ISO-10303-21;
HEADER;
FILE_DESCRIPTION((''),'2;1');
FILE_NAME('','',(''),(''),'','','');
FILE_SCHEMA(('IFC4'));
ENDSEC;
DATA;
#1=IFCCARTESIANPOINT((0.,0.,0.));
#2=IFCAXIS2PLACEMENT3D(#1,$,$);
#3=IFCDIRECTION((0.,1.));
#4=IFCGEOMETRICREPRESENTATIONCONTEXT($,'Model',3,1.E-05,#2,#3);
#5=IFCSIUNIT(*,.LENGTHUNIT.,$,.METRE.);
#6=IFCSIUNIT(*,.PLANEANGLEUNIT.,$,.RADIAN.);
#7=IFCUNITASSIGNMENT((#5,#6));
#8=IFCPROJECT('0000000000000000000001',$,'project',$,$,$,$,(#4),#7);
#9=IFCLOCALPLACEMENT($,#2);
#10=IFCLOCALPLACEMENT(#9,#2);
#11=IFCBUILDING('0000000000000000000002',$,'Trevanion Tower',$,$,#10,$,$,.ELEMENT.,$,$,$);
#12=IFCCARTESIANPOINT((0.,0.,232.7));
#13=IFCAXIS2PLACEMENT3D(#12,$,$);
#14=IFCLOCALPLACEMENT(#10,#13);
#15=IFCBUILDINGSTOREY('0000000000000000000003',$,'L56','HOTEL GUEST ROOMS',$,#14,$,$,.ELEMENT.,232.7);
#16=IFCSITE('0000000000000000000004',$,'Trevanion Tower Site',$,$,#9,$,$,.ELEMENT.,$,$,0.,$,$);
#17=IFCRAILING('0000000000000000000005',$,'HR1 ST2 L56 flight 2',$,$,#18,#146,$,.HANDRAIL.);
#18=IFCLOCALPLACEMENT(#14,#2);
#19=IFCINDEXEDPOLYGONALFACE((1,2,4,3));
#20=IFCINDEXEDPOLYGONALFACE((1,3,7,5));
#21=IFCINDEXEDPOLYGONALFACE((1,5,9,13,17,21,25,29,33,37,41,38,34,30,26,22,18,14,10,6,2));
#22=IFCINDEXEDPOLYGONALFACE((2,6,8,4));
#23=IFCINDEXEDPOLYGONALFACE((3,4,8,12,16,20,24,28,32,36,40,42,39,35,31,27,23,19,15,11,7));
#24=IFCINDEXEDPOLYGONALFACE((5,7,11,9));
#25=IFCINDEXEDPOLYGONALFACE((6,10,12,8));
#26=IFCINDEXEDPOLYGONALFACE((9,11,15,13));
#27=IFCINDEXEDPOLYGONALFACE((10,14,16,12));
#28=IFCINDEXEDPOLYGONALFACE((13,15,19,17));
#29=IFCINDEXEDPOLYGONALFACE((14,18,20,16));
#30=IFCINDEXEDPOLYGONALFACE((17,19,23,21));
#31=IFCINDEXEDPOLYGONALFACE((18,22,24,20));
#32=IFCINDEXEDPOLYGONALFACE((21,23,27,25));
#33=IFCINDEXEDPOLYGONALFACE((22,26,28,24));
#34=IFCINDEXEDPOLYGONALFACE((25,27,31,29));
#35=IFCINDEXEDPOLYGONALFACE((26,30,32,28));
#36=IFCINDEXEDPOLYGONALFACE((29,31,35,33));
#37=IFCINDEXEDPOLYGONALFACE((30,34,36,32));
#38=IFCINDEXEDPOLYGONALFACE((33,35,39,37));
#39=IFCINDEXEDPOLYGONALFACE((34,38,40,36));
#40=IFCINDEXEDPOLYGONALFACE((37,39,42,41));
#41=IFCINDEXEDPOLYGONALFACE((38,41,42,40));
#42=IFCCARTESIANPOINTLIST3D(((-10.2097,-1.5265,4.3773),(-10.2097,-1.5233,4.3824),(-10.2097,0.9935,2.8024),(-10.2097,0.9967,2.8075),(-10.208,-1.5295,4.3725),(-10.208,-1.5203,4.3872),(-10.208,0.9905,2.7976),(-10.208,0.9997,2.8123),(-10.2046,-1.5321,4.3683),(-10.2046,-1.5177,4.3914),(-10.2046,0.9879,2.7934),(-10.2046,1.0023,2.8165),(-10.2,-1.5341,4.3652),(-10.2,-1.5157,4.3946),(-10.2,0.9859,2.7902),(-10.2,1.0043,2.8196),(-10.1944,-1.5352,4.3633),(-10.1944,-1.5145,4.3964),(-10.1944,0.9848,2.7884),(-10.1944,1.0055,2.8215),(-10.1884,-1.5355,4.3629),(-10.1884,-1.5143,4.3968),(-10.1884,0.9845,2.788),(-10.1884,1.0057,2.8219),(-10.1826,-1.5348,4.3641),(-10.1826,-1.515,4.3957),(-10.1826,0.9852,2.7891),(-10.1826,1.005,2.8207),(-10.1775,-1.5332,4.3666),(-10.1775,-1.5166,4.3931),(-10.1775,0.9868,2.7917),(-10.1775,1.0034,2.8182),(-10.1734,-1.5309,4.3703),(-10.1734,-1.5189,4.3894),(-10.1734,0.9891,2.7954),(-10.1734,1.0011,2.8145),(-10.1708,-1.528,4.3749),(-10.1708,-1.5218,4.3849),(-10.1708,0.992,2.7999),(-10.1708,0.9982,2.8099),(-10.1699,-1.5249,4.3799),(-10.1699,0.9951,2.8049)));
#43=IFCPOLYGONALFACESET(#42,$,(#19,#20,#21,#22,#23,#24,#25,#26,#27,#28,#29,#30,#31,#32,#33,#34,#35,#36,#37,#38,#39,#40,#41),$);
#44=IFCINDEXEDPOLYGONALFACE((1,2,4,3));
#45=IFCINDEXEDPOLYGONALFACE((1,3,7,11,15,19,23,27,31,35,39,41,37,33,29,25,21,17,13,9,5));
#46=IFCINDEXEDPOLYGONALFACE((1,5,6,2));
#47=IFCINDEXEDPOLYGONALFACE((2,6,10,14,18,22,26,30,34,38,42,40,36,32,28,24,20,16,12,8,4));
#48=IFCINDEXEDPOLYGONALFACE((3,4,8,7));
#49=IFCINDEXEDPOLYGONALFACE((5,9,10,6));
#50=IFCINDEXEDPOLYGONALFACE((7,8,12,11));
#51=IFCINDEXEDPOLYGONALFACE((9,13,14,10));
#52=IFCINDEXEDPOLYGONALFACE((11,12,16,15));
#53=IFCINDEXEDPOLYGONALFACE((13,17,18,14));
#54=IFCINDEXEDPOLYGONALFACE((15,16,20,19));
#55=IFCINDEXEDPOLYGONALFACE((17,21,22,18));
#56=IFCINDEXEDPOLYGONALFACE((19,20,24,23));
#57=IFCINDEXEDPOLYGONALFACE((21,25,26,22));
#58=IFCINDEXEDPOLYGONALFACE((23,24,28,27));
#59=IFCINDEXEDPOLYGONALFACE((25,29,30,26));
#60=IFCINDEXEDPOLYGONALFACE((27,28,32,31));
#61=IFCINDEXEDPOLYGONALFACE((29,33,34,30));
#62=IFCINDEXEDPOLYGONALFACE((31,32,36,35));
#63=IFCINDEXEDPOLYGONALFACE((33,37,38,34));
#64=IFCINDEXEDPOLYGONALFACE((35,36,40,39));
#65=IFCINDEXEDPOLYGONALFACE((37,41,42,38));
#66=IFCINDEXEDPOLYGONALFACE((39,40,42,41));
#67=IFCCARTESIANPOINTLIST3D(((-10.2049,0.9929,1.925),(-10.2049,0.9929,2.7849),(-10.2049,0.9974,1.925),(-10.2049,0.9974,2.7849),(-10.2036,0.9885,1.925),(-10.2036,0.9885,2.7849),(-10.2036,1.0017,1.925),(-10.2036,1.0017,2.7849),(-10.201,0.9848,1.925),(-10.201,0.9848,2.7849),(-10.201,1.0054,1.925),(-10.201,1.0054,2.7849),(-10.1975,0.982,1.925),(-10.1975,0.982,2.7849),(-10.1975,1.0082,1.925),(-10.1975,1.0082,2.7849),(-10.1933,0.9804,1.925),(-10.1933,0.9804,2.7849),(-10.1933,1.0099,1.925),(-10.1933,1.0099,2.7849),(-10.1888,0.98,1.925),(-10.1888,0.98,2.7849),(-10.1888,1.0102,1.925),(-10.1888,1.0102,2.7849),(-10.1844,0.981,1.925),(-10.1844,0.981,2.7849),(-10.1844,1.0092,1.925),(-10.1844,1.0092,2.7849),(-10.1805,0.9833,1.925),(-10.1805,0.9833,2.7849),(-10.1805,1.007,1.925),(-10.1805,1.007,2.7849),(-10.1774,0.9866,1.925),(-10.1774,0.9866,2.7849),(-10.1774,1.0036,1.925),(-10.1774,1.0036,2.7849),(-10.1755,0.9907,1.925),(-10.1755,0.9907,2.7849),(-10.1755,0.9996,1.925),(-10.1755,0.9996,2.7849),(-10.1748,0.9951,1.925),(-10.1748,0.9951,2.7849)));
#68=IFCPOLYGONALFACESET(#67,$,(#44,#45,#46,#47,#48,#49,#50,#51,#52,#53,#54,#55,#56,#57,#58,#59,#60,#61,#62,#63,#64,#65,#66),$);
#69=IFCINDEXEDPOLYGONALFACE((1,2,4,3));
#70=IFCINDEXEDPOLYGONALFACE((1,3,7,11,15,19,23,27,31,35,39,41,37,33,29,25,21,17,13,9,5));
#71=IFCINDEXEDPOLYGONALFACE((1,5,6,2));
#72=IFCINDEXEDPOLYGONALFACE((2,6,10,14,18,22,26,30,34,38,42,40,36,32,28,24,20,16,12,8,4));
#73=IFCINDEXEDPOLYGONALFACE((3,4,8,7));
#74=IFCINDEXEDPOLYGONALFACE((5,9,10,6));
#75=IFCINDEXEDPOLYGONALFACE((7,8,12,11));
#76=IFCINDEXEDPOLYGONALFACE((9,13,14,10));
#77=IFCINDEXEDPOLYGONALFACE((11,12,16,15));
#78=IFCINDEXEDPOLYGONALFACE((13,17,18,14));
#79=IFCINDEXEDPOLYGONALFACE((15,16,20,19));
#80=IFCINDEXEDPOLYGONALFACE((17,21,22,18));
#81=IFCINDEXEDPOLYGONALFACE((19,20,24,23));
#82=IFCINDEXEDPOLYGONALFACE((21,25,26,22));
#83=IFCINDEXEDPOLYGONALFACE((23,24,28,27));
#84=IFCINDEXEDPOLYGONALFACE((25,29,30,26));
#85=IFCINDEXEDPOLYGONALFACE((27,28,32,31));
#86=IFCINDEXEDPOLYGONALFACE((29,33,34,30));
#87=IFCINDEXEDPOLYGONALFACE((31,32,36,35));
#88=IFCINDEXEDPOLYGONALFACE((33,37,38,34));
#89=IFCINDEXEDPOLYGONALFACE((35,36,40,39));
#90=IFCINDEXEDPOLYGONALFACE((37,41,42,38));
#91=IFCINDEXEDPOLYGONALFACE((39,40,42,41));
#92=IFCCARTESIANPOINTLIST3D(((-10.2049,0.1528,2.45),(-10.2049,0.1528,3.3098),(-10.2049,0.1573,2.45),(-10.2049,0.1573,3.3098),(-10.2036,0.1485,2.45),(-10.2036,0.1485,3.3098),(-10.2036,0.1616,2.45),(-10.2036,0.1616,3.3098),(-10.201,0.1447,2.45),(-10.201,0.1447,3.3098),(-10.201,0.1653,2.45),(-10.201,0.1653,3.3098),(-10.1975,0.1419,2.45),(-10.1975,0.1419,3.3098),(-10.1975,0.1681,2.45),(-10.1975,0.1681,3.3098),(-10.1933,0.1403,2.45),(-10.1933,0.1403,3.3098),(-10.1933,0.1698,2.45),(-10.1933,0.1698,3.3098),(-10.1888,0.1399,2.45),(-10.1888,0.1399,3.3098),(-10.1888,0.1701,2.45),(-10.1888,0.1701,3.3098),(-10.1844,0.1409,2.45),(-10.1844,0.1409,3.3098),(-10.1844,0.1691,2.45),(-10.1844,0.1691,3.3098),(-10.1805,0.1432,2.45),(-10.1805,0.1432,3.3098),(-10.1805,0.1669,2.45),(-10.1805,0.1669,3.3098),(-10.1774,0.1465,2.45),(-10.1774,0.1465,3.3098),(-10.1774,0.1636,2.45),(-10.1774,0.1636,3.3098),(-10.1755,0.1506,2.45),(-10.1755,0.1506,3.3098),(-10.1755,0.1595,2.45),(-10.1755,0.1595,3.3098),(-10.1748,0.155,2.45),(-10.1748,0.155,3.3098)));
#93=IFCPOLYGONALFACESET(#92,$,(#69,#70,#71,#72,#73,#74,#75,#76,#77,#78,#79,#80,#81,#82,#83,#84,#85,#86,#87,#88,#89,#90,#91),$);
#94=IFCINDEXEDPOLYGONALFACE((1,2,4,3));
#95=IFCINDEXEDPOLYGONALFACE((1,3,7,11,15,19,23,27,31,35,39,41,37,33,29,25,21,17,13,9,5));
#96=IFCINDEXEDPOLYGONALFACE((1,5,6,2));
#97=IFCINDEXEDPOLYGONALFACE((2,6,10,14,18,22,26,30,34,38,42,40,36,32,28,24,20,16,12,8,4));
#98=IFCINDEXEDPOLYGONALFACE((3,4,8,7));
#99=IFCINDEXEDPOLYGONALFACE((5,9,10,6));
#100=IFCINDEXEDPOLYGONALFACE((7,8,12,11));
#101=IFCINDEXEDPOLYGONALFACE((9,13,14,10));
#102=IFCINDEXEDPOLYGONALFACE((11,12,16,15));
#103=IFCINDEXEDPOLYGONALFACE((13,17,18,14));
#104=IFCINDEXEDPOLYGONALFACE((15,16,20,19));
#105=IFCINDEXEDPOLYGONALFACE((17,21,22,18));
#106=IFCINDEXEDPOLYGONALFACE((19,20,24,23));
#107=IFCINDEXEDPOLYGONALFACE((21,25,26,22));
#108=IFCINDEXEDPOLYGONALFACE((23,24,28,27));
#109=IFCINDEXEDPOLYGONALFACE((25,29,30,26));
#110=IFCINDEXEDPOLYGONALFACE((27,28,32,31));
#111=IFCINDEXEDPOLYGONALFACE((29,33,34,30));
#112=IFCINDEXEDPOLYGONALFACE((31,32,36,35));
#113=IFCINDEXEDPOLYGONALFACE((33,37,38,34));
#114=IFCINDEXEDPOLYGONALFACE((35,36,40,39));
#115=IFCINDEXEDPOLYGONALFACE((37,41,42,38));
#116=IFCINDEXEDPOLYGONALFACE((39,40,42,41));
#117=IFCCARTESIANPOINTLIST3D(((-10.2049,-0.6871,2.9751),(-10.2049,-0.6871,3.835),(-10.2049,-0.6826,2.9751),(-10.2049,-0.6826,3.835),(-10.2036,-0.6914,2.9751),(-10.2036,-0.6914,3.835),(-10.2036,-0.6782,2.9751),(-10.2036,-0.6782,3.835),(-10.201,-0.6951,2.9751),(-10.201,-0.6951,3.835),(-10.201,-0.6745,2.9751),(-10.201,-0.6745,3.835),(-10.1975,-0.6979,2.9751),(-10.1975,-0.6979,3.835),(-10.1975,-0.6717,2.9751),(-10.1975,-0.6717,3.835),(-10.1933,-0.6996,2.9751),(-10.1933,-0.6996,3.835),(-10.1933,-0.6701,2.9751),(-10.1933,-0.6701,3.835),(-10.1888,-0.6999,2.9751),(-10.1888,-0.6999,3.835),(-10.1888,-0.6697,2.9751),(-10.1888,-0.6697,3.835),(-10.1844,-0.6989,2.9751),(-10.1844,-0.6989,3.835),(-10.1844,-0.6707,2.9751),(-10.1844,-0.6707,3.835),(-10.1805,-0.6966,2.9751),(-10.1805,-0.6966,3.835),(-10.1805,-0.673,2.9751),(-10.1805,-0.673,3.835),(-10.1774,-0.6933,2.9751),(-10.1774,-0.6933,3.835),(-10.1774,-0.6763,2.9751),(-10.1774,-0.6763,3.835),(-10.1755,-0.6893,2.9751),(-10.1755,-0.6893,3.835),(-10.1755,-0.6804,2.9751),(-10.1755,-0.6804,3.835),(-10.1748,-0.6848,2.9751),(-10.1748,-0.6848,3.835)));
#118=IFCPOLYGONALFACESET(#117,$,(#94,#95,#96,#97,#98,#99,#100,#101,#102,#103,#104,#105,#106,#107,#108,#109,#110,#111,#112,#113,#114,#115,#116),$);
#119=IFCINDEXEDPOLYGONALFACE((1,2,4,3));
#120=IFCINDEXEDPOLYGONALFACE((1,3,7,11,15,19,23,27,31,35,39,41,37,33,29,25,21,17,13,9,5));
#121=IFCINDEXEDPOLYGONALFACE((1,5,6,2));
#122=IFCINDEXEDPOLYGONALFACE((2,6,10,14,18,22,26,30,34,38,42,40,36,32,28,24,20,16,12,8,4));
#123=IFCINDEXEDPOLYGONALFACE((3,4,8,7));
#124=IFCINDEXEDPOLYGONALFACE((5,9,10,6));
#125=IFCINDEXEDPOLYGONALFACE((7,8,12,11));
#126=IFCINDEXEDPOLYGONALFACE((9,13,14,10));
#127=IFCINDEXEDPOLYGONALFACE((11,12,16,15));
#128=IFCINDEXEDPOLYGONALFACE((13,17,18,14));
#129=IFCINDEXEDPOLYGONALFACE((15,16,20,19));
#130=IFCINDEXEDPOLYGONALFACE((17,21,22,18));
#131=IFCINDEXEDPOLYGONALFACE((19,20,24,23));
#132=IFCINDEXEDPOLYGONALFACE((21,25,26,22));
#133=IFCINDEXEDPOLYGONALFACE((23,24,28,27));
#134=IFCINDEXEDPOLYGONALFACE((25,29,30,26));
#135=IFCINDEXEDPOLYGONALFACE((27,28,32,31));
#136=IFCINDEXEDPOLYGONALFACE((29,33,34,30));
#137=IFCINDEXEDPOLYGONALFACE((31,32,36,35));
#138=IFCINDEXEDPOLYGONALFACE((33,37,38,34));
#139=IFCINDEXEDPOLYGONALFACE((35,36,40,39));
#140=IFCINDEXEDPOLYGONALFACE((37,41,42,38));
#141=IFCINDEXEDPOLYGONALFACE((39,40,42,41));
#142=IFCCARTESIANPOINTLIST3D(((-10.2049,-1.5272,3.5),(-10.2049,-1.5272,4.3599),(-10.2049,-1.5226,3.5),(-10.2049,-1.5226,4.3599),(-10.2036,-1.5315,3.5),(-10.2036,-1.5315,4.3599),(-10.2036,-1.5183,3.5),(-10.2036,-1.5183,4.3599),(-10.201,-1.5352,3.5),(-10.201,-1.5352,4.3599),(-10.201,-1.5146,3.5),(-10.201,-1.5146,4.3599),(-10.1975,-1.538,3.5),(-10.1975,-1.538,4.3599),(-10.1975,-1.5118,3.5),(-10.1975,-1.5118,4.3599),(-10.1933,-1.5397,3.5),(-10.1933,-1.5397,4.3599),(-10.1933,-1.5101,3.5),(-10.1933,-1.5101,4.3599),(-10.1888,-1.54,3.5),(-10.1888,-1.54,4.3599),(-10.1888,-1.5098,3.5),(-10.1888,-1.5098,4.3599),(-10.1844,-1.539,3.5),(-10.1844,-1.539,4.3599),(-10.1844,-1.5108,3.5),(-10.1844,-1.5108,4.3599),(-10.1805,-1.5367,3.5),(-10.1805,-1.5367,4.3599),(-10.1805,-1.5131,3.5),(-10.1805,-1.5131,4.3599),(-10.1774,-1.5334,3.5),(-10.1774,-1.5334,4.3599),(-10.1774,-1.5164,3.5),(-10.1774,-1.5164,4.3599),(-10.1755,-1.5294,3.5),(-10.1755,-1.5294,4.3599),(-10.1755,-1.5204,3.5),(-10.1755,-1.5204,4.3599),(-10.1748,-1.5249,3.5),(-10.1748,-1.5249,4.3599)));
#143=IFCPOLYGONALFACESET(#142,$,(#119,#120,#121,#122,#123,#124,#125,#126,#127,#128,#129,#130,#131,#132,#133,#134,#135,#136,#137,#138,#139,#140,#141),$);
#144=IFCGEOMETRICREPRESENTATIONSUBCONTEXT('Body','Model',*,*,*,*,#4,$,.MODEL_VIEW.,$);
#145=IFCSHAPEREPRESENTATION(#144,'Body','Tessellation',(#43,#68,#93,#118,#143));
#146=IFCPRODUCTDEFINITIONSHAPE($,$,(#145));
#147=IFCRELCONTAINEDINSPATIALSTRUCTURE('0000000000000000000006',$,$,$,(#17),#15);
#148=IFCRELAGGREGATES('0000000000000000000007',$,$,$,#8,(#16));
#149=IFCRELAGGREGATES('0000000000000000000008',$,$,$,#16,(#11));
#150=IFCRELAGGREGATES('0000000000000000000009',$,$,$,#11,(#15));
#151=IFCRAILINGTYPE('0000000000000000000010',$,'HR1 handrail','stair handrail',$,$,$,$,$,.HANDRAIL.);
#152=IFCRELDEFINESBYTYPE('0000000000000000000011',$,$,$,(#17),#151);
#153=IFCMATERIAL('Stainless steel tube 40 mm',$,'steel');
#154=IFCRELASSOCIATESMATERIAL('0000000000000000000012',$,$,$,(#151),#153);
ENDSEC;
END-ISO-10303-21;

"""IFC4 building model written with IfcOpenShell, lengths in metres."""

from ifc_helpers import new_model, si_unit, direction, frame, origin, origin_2d, place, context, subcontext, project, spatial, circle, extrude, material, type_object, element, save


model = new_model("IFC4")

# Units and contexts
model_context = context("Model", 3, precision=1e-05, world=origin(), true_north=direction((0.0, 1.0)))
body_context = subcontext(model_context, "Body", "Model", "MODEL_VIEW")
ifc_project = project(units=[si_unit("LENGTHUNIT", "METRE"), si_unit("PLANEANGLEUNIT", "RADIAN")], contexts=[model_context])

# Site, building, storey
site_placement = place(None, origin())
site = spatial("IfcSite", under=ifc_project, at=site_placement, Name="Trevanion Tower Site", CompositionType="ELEMENT", RefElevation=0.0)
building_placement = place(site_placement, origin())
building = spatial("IfcBuilding", under=site, at=building_placement, Name="Trevanion Tower", CompositionType="ELEMENT")
storey_placement = place(building_placement, frame((0.0, 0.0, 232.7)))
storey = spatial("IfcBuildingStorey", under=building, at=storey_placement, Name="L56", Description="HOTEL GUEST ROOMS", CompositionType="ELEMENT", Elevation=232.7)

# Railing
ifc_material_1 = material(Name="Stainless steel tube 40 mm", Category="steel")
railing_type = type_object("IfcRailingType", Name="HR1 handrail", Description="stair handrail", PredefinedType="HANDRAIL", material=ifc_material_1)
for number, where, name in (
    (1, (-10.1899, 0.9951, 1.925), "HR1 ST2 L56 flight 2"),
):
    element("IfcRailing", number, at=place(storey_placement, frame(where)), inside=storey, type_object=railing_type, Name=name, PredefinedType="HANDRAIL", context=body_context, shape_type="SweptSolid", body=[
        extrude(circle(Radius=0.02, at=origin_2d()), frame((0.0, 0.0, 0.8799), z_axis=(0.0, -0.848008, 0.529984), x_axis=(1.0, 0.0, 0.0)), (0.0, 0.0, 1.0), 2.9717),
        extrude(circle(Radius=0.0151, at=origin_2d()), origin(), (0.0, 0.0, 1.0), 0.8599),
        extrude(circle(Radius=0.0151, at=origin_2d()), frame((0.0, -0.8401, 0.5249)), (0.0, 0.0, 1.0), 0.8599),
        extrude(circle(Radius=0.0151, at=origin_2d()), frame((0.0, -1.6799, 1.05)), (0.0, 0.0, 1.0), 0.8599),
        extrude(circle(Radius=0.0151, at=origin_2d()), frame((0.0, -2.52, 1.575)), (0.0, 0.0, 1.0), 0.8599),
    ])

save(model, "model.ifc")
